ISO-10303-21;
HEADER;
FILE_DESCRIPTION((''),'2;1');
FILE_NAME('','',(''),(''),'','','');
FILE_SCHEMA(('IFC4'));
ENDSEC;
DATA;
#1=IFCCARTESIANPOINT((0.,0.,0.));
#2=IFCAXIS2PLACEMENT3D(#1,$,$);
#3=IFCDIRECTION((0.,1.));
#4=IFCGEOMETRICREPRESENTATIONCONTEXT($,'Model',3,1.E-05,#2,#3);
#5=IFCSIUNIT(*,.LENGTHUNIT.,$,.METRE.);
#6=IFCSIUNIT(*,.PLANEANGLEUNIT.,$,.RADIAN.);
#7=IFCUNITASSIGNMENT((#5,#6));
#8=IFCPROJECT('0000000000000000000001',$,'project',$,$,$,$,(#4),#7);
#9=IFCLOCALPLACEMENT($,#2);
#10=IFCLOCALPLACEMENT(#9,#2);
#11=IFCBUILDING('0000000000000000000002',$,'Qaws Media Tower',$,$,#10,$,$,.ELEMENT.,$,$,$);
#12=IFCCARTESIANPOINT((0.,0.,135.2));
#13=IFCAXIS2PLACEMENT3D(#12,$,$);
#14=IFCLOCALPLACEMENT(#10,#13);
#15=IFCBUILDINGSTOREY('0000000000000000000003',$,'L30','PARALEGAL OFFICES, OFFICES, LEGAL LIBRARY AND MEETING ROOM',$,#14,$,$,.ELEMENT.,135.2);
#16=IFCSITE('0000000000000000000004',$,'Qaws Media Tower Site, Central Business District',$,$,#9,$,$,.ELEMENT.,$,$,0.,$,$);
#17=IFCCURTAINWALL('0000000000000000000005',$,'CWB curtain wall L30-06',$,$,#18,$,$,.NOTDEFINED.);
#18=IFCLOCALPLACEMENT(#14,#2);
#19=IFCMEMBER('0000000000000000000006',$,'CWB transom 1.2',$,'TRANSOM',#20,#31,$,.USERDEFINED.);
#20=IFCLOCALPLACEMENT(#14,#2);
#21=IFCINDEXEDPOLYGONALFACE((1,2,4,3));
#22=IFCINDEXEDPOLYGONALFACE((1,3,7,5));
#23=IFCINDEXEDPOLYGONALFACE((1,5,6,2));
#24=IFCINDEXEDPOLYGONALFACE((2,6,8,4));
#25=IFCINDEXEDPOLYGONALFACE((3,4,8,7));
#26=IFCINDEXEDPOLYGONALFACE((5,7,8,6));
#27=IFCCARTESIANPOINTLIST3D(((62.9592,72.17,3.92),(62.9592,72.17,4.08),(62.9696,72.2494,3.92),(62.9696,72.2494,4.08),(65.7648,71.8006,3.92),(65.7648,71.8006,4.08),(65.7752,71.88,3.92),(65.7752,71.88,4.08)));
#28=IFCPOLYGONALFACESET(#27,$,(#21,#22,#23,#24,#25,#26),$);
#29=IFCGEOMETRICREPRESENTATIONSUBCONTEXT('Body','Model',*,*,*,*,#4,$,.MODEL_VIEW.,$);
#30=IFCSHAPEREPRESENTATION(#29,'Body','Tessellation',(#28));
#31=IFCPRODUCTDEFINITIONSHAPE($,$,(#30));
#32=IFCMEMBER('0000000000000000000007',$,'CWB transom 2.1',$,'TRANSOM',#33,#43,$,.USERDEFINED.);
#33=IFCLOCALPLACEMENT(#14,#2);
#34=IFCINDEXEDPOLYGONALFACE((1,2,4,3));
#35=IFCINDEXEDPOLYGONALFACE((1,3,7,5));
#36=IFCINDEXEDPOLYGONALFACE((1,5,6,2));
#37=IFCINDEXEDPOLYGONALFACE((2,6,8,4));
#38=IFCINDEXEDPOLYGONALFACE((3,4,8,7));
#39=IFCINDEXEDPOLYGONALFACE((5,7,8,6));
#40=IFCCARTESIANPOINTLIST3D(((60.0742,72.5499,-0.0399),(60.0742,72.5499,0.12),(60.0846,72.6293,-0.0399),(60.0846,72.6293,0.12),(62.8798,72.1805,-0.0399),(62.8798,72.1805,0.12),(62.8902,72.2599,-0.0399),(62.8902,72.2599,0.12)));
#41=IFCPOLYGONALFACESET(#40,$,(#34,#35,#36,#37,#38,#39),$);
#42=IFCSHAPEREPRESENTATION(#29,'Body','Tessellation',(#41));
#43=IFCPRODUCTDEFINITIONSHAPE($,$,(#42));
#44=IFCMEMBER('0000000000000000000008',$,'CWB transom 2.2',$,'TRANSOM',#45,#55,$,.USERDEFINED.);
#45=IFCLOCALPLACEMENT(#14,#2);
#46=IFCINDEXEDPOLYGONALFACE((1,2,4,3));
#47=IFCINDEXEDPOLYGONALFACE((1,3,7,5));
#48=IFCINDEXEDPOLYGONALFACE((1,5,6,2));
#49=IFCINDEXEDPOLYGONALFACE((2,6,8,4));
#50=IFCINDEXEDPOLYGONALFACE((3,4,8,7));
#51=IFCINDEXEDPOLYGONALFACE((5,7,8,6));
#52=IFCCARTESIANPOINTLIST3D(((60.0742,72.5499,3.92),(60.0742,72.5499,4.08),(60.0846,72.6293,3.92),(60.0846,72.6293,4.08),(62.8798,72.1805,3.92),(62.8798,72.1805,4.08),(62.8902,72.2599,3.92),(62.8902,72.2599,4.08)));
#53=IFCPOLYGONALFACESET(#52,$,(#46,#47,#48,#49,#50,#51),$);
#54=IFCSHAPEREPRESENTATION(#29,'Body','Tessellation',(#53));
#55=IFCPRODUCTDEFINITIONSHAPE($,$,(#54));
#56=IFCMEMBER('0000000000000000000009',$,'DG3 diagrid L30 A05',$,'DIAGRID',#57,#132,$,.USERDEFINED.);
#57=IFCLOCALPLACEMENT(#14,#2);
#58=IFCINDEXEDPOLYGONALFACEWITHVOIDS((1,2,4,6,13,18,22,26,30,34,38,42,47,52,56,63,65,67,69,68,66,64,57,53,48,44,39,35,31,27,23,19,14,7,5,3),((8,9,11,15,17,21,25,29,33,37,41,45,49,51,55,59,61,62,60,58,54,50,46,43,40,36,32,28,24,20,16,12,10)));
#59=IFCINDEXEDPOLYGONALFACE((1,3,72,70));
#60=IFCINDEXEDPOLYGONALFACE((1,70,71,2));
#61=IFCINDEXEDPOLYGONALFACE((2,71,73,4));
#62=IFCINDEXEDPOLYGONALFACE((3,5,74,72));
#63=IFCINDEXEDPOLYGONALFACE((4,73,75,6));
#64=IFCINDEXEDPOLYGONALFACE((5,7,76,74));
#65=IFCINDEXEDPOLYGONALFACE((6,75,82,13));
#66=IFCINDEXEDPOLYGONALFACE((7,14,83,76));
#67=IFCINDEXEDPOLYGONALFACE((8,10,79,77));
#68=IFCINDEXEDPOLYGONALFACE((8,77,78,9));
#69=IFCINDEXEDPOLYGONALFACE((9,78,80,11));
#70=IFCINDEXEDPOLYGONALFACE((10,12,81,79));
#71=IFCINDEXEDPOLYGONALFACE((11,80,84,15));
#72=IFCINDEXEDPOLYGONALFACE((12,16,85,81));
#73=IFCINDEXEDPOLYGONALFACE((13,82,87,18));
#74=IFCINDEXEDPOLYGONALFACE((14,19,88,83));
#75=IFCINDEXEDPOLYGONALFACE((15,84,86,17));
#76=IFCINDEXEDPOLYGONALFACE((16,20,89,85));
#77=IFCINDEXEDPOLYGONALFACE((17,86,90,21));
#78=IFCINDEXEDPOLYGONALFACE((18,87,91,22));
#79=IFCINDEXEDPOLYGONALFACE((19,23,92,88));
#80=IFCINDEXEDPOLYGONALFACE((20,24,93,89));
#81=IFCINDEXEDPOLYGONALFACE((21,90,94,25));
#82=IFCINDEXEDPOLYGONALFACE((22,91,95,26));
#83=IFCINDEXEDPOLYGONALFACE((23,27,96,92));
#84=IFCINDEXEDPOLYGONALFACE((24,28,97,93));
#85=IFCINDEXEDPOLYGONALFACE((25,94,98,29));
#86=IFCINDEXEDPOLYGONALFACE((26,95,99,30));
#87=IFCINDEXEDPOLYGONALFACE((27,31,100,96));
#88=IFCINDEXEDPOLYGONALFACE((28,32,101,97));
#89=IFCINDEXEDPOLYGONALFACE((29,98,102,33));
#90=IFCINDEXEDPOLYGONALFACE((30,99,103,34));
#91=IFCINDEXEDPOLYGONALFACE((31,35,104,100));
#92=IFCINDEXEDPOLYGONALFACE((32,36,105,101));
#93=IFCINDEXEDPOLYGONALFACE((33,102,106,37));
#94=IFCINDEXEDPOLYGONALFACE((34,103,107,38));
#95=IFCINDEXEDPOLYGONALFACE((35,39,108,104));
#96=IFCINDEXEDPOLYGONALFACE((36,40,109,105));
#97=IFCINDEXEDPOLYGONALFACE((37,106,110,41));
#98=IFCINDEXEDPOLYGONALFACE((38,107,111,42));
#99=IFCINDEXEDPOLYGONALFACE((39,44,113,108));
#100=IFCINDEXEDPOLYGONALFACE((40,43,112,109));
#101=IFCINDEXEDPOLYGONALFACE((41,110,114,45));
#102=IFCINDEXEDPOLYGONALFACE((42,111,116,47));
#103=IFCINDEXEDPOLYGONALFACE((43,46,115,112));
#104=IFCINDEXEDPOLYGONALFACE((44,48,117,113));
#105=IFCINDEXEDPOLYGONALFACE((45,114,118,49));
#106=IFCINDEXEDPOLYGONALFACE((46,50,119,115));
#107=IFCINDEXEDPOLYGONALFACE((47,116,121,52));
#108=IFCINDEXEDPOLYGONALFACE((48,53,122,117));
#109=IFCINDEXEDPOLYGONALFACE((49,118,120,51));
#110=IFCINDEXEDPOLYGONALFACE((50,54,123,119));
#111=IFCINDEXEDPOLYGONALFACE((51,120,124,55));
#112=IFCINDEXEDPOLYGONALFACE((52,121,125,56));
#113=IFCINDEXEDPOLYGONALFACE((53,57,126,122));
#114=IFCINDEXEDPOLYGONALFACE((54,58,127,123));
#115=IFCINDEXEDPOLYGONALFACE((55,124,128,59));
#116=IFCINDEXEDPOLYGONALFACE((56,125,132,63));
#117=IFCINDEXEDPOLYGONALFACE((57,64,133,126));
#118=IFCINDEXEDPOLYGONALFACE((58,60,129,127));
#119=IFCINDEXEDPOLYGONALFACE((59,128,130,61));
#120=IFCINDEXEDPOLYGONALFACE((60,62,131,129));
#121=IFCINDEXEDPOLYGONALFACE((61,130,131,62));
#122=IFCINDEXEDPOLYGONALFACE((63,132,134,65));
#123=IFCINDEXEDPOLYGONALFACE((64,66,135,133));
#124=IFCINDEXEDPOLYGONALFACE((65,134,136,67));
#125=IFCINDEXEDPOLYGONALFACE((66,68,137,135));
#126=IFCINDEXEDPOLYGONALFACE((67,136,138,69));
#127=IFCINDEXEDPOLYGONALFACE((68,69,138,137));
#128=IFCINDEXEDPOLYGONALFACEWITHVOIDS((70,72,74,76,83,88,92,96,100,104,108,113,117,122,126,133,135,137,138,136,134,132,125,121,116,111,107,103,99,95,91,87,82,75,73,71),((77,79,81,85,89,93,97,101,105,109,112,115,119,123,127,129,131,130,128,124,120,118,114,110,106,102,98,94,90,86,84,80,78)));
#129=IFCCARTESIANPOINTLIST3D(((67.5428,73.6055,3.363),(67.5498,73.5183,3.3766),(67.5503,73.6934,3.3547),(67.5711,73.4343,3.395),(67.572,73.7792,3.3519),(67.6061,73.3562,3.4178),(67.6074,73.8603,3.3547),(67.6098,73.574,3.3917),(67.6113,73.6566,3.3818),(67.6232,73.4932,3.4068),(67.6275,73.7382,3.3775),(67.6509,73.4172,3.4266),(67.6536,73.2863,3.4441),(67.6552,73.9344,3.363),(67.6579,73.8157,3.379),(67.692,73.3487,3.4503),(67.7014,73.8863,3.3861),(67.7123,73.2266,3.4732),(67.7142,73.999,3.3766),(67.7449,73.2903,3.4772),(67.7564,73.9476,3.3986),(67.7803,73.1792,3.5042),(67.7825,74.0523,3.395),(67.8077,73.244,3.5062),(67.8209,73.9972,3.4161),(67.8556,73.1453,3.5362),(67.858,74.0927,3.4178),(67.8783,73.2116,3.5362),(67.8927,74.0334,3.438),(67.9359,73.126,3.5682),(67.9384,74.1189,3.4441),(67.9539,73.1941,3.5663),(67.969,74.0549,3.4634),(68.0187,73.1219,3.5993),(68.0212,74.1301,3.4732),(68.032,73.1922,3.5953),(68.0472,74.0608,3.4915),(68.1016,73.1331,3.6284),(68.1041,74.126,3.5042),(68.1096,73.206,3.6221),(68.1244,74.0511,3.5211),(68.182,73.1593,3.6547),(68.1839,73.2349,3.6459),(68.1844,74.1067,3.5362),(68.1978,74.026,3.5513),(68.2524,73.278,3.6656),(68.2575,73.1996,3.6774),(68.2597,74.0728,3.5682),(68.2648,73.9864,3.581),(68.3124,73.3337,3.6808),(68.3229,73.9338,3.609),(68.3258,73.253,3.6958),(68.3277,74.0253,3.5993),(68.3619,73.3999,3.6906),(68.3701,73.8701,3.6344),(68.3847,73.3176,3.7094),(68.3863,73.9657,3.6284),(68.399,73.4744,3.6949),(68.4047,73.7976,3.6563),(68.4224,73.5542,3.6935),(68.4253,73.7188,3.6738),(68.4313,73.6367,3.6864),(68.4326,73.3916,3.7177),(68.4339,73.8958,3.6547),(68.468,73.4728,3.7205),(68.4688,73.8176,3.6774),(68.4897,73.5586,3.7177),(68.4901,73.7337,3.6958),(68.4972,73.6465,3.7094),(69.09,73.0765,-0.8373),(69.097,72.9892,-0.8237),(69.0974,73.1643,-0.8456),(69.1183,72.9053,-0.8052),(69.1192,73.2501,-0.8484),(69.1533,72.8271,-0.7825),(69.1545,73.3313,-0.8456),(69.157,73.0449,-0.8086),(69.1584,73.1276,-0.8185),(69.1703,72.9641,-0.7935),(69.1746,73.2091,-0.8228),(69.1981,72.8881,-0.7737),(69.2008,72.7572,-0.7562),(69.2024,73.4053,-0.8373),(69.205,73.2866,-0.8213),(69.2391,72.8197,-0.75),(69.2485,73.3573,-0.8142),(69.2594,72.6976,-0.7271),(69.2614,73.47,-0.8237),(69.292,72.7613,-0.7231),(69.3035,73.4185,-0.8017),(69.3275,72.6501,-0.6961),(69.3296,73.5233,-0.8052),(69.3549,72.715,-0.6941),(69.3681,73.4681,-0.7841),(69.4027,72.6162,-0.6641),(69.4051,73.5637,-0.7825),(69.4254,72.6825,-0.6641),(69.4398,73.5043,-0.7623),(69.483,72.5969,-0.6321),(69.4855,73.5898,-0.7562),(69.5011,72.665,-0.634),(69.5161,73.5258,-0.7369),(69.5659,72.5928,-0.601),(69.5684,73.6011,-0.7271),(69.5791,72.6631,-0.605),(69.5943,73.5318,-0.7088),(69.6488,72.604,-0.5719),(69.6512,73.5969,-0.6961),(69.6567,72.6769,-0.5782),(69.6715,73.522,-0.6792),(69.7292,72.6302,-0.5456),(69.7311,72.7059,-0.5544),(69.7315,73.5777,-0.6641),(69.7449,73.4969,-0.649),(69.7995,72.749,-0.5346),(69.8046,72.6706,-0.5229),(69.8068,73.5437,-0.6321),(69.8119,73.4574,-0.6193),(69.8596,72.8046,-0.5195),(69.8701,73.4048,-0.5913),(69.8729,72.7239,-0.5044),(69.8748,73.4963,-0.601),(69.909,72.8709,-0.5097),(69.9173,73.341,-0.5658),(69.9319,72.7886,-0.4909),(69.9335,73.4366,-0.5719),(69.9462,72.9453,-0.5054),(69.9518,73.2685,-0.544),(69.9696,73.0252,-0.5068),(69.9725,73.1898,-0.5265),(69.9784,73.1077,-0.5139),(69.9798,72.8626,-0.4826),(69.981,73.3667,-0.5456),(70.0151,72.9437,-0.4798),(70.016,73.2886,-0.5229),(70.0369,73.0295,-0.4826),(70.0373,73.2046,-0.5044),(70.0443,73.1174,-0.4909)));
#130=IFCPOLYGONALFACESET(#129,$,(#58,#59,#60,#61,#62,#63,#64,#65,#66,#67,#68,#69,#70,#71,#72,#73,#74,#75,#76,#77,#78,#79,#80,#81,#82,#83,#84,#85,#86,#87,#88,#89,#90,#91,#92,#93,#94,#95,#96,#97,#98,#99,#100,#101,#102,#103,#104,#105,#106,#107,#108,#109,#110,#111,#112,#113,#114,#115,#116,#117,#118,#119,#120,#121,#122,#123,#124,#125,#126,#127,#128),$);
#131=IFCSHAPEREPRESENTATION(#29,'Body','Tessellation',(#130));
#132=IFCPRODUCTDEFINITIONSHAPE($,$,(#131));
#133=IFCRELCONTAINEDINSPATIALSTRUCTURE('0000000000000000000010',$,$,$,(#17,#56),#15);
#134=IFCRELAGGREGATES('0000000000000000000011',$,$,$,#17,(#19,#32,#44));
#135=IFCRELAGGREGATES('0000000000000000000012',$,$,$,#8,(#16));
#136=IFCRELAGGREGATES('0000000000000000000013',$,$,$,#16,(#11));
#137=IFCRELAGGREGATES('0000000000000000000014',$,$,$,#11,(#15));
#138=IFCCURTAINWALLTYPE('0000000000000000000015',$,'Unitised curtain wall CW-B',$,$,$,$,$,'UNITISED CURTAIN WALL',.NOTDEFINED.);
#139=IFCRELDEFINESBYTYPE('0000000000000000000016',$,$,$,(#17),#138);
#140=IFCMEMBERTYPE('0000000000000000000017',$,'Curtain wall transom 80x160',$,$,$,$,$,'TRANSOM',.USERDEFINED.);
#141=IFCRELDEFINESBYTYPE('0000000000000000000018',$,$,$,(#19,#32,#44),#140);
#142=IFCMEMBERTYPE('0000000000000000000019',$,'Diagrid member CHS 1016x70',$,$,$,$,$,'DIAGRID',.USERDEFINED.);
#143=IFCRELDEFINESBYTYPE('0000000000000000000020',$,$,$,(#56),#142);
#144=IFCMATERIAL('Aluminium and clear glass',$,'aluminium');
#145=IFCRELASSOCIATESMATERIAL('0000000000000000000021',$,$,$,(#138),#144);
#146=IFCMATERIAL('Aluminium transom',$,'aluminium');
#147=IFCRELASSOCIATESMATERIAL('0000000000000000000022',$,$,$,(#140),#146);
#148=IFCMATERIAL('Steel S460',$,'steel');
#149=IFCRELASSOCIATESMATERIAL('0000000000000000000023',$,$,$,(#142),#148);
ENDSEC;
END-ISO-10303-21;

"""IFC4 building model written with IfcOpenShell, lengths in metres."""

from ifc_helpers import new_model, si_unit, direction, frame, origin, origin_2d, place, context, subcontext, project, spatial, rectangle, hollow_circle, extrude, material, material_profile, profile_set, type_object, element, aggregate, save


model = new_model("IFC4")

# Units and contexts
model_context = context("Model", 3, precision=1e-05, world=origin(), true_north=direction((0.0, 1.0)))
body_context = subcontext(model_context, "Body", "Model", "MODEL_VIEW")
ifc_project = project(units=[si_unit("LENGTHUNIT", "METRE"), si_unit("PLANEANGLEUNIT", "RADIAN")], contexts=[model_context])

# Site, building, storey
site_placement = place(None, origin())
site = spatial("IfcSite", under=ifc_project, at=site_placement, Name="Qaws Media Tower Site, Central Business District", CompositionType="ELEMENT", RefElevation=0.0)
building_placement = place(site_placement, origin())
building = spatial("IfcBuilding", under=site, at=building_placement, Name="Qaws Media Tower", CompositionType="ELEMENT")
storey_placement = place(building_placement, frame((0.0, 0.0, 135.2)))
storey = spatial("IfcBuildingStorey", under=building, at=storey_placement, Name="L30", Description="PARALEGAL OFFICES, OFFICES, LEGAL LIBRARY AND MEETING ROOM", CompositionType="ELEMENT", Elevation=135.2)

# Curtain wall
ifc_material_1 = material(Name="Aluminium and clear glass", Category="aluminium")
curtain_wall_type = type_object("IfcCurtainWallType", Name="Unitised curtain wall CW-B", ElementType="UNITISED CURTAIN WALL", PredefinedType="NOTDEFINED", material=ifc_material_1)
curtain_wall_1_placement = place(storey_placement, origin())
curtain_wall_1 = element("IfcCurtainWall", 1, at=curtain_wall_1_placement, inside=storey, type_object=curtain_wall_type, Name="CWB curtain wall L30-06", PredefinedType="NOTDEFINED")

# Members
ifc_material_2 = material(Name="Aluminium transom", Category="aluminium")
ifc_material_profile_1 = material_profile(ifc_material_2, rectangle(XDim=0.0801, YDim=0.1599, at=origin_2d()), Name="80x160")
ifc_profile_set_1 = profile_set([ifc_material_profile_1], Name="Aluminium transom")
member_type_1 = type_object("IfcMemberType", Name="Curtain wall transom 80x160", ElementType="TRANSOM", PredefinedType="USERDEFINED", material=ifc_profile_set_1)
member_1_placement = place(storey_placement, frame((65.77, 71.8403, 4.0), z_axis=(-0.991444, 0.13053, 0.0), x_axis=(-0.13053, -0.991444, 0.0)))
member_1 = element("IfcMember", 2, at=member_1_placement, type_object=member_type_1, Name="CWB transom 1.2", ObjectType="TRANSOM", PredefinedType="USERDEFINED", context=body_context, shape_type="SweptSolid", body=[
    extrude(rectangle(XDim=0.0801, YDim=0.1599, at=origin_2d()), origin(), (0.0, 0.0, 1.0), 2.8298),
])
member_2_placement = place(storey_placement, frame((62.885, 72.2202, 0.04), z_axis=(-0.991444, 0.13053, 0.0), x_axis=(-0.13053, -0.991444, 0.0)))
member_2 = element("IfcMember", 3, at=member_2_placement, type_object=member_type_1, Name="CWB transom 2.1", ObjectType="TRANSOM", PredefinedType="USERDEFINED", context=body_context, shape_type="SweptSolid", body=[
    extrude(rectangle(XDim=0.0801, YDim=0.1599, at=origin_2d()), origin(), (0.0, 0.0, 1.0), 2.8298),
])
member_3_placement = place(storey_placement, frame((62.885, 72.2202, 4.0), z_axis=(-0.991444, 0.13053, 0.0), x_axis=(-0.13053, -0.991444, 0.0)))
member_3 = element("IfcMember", 4, at=member_3_placement, type_object=member_type_1, Name="CWB transom 2.2", ObjectType="TRANSOM", PredefinedType="USERDEFINED", context=body_context, shape_type="SweptSolid", body=[
    extrude(rectangle(XDim=0.0801, YDim=0.1599, at=origin_2d()), origin(), (0.0, 0.0, 1.0), 2.8298),
])

# Member
ifc_material_3 = material(Name="Steel S460", Category="steel")
ifc_material_profile_2 = material_profile(ifc_material_3, hollow_circle(Radius=0.5081, WallThickness=0.0701, at=origin_2d()), Name="CHS 1016x70")
ifc_profile_set_2 = profile_set([ifc_material_profile_2], Name="Steel S460")
member_type_2 = type_object("IfcMemberType", Name="Diagrid member CHS 1016x70", ElementType="DIAGRID", PredefinedType="USERDEFINED", material=ifc_profile_set_2)
for number, where, z_axis, x_axis, name in (
    (5, (69.5671, 73.0969, -0.6641), (-0.343253, 0.117379, 0.93188), (-0.323565, -0.946206, 0.0), "DG3 diagrid L30 A05"),
):
    element("IfcMember", number, at=place(storey_placement, frame(where, z_axis=z_axis, x_axis=x_axis)), inside=storey, type_object=member_type_2, Name=name, ObjectType="DIAGRID", PredefinedType="USERDEFINED", context=body_context, shape_type="SweptSolid", body=[
        extrude(hollow_circle(Radius=0.5081, WallThickness=0.0701, at=origin_2d()), origin(), (0.0, 0.0, 1.0), 4.5073),
    ])

aggregate(curtain_wall_1, [member_1, member_2, member_3])

save(model, "model.ifc")
